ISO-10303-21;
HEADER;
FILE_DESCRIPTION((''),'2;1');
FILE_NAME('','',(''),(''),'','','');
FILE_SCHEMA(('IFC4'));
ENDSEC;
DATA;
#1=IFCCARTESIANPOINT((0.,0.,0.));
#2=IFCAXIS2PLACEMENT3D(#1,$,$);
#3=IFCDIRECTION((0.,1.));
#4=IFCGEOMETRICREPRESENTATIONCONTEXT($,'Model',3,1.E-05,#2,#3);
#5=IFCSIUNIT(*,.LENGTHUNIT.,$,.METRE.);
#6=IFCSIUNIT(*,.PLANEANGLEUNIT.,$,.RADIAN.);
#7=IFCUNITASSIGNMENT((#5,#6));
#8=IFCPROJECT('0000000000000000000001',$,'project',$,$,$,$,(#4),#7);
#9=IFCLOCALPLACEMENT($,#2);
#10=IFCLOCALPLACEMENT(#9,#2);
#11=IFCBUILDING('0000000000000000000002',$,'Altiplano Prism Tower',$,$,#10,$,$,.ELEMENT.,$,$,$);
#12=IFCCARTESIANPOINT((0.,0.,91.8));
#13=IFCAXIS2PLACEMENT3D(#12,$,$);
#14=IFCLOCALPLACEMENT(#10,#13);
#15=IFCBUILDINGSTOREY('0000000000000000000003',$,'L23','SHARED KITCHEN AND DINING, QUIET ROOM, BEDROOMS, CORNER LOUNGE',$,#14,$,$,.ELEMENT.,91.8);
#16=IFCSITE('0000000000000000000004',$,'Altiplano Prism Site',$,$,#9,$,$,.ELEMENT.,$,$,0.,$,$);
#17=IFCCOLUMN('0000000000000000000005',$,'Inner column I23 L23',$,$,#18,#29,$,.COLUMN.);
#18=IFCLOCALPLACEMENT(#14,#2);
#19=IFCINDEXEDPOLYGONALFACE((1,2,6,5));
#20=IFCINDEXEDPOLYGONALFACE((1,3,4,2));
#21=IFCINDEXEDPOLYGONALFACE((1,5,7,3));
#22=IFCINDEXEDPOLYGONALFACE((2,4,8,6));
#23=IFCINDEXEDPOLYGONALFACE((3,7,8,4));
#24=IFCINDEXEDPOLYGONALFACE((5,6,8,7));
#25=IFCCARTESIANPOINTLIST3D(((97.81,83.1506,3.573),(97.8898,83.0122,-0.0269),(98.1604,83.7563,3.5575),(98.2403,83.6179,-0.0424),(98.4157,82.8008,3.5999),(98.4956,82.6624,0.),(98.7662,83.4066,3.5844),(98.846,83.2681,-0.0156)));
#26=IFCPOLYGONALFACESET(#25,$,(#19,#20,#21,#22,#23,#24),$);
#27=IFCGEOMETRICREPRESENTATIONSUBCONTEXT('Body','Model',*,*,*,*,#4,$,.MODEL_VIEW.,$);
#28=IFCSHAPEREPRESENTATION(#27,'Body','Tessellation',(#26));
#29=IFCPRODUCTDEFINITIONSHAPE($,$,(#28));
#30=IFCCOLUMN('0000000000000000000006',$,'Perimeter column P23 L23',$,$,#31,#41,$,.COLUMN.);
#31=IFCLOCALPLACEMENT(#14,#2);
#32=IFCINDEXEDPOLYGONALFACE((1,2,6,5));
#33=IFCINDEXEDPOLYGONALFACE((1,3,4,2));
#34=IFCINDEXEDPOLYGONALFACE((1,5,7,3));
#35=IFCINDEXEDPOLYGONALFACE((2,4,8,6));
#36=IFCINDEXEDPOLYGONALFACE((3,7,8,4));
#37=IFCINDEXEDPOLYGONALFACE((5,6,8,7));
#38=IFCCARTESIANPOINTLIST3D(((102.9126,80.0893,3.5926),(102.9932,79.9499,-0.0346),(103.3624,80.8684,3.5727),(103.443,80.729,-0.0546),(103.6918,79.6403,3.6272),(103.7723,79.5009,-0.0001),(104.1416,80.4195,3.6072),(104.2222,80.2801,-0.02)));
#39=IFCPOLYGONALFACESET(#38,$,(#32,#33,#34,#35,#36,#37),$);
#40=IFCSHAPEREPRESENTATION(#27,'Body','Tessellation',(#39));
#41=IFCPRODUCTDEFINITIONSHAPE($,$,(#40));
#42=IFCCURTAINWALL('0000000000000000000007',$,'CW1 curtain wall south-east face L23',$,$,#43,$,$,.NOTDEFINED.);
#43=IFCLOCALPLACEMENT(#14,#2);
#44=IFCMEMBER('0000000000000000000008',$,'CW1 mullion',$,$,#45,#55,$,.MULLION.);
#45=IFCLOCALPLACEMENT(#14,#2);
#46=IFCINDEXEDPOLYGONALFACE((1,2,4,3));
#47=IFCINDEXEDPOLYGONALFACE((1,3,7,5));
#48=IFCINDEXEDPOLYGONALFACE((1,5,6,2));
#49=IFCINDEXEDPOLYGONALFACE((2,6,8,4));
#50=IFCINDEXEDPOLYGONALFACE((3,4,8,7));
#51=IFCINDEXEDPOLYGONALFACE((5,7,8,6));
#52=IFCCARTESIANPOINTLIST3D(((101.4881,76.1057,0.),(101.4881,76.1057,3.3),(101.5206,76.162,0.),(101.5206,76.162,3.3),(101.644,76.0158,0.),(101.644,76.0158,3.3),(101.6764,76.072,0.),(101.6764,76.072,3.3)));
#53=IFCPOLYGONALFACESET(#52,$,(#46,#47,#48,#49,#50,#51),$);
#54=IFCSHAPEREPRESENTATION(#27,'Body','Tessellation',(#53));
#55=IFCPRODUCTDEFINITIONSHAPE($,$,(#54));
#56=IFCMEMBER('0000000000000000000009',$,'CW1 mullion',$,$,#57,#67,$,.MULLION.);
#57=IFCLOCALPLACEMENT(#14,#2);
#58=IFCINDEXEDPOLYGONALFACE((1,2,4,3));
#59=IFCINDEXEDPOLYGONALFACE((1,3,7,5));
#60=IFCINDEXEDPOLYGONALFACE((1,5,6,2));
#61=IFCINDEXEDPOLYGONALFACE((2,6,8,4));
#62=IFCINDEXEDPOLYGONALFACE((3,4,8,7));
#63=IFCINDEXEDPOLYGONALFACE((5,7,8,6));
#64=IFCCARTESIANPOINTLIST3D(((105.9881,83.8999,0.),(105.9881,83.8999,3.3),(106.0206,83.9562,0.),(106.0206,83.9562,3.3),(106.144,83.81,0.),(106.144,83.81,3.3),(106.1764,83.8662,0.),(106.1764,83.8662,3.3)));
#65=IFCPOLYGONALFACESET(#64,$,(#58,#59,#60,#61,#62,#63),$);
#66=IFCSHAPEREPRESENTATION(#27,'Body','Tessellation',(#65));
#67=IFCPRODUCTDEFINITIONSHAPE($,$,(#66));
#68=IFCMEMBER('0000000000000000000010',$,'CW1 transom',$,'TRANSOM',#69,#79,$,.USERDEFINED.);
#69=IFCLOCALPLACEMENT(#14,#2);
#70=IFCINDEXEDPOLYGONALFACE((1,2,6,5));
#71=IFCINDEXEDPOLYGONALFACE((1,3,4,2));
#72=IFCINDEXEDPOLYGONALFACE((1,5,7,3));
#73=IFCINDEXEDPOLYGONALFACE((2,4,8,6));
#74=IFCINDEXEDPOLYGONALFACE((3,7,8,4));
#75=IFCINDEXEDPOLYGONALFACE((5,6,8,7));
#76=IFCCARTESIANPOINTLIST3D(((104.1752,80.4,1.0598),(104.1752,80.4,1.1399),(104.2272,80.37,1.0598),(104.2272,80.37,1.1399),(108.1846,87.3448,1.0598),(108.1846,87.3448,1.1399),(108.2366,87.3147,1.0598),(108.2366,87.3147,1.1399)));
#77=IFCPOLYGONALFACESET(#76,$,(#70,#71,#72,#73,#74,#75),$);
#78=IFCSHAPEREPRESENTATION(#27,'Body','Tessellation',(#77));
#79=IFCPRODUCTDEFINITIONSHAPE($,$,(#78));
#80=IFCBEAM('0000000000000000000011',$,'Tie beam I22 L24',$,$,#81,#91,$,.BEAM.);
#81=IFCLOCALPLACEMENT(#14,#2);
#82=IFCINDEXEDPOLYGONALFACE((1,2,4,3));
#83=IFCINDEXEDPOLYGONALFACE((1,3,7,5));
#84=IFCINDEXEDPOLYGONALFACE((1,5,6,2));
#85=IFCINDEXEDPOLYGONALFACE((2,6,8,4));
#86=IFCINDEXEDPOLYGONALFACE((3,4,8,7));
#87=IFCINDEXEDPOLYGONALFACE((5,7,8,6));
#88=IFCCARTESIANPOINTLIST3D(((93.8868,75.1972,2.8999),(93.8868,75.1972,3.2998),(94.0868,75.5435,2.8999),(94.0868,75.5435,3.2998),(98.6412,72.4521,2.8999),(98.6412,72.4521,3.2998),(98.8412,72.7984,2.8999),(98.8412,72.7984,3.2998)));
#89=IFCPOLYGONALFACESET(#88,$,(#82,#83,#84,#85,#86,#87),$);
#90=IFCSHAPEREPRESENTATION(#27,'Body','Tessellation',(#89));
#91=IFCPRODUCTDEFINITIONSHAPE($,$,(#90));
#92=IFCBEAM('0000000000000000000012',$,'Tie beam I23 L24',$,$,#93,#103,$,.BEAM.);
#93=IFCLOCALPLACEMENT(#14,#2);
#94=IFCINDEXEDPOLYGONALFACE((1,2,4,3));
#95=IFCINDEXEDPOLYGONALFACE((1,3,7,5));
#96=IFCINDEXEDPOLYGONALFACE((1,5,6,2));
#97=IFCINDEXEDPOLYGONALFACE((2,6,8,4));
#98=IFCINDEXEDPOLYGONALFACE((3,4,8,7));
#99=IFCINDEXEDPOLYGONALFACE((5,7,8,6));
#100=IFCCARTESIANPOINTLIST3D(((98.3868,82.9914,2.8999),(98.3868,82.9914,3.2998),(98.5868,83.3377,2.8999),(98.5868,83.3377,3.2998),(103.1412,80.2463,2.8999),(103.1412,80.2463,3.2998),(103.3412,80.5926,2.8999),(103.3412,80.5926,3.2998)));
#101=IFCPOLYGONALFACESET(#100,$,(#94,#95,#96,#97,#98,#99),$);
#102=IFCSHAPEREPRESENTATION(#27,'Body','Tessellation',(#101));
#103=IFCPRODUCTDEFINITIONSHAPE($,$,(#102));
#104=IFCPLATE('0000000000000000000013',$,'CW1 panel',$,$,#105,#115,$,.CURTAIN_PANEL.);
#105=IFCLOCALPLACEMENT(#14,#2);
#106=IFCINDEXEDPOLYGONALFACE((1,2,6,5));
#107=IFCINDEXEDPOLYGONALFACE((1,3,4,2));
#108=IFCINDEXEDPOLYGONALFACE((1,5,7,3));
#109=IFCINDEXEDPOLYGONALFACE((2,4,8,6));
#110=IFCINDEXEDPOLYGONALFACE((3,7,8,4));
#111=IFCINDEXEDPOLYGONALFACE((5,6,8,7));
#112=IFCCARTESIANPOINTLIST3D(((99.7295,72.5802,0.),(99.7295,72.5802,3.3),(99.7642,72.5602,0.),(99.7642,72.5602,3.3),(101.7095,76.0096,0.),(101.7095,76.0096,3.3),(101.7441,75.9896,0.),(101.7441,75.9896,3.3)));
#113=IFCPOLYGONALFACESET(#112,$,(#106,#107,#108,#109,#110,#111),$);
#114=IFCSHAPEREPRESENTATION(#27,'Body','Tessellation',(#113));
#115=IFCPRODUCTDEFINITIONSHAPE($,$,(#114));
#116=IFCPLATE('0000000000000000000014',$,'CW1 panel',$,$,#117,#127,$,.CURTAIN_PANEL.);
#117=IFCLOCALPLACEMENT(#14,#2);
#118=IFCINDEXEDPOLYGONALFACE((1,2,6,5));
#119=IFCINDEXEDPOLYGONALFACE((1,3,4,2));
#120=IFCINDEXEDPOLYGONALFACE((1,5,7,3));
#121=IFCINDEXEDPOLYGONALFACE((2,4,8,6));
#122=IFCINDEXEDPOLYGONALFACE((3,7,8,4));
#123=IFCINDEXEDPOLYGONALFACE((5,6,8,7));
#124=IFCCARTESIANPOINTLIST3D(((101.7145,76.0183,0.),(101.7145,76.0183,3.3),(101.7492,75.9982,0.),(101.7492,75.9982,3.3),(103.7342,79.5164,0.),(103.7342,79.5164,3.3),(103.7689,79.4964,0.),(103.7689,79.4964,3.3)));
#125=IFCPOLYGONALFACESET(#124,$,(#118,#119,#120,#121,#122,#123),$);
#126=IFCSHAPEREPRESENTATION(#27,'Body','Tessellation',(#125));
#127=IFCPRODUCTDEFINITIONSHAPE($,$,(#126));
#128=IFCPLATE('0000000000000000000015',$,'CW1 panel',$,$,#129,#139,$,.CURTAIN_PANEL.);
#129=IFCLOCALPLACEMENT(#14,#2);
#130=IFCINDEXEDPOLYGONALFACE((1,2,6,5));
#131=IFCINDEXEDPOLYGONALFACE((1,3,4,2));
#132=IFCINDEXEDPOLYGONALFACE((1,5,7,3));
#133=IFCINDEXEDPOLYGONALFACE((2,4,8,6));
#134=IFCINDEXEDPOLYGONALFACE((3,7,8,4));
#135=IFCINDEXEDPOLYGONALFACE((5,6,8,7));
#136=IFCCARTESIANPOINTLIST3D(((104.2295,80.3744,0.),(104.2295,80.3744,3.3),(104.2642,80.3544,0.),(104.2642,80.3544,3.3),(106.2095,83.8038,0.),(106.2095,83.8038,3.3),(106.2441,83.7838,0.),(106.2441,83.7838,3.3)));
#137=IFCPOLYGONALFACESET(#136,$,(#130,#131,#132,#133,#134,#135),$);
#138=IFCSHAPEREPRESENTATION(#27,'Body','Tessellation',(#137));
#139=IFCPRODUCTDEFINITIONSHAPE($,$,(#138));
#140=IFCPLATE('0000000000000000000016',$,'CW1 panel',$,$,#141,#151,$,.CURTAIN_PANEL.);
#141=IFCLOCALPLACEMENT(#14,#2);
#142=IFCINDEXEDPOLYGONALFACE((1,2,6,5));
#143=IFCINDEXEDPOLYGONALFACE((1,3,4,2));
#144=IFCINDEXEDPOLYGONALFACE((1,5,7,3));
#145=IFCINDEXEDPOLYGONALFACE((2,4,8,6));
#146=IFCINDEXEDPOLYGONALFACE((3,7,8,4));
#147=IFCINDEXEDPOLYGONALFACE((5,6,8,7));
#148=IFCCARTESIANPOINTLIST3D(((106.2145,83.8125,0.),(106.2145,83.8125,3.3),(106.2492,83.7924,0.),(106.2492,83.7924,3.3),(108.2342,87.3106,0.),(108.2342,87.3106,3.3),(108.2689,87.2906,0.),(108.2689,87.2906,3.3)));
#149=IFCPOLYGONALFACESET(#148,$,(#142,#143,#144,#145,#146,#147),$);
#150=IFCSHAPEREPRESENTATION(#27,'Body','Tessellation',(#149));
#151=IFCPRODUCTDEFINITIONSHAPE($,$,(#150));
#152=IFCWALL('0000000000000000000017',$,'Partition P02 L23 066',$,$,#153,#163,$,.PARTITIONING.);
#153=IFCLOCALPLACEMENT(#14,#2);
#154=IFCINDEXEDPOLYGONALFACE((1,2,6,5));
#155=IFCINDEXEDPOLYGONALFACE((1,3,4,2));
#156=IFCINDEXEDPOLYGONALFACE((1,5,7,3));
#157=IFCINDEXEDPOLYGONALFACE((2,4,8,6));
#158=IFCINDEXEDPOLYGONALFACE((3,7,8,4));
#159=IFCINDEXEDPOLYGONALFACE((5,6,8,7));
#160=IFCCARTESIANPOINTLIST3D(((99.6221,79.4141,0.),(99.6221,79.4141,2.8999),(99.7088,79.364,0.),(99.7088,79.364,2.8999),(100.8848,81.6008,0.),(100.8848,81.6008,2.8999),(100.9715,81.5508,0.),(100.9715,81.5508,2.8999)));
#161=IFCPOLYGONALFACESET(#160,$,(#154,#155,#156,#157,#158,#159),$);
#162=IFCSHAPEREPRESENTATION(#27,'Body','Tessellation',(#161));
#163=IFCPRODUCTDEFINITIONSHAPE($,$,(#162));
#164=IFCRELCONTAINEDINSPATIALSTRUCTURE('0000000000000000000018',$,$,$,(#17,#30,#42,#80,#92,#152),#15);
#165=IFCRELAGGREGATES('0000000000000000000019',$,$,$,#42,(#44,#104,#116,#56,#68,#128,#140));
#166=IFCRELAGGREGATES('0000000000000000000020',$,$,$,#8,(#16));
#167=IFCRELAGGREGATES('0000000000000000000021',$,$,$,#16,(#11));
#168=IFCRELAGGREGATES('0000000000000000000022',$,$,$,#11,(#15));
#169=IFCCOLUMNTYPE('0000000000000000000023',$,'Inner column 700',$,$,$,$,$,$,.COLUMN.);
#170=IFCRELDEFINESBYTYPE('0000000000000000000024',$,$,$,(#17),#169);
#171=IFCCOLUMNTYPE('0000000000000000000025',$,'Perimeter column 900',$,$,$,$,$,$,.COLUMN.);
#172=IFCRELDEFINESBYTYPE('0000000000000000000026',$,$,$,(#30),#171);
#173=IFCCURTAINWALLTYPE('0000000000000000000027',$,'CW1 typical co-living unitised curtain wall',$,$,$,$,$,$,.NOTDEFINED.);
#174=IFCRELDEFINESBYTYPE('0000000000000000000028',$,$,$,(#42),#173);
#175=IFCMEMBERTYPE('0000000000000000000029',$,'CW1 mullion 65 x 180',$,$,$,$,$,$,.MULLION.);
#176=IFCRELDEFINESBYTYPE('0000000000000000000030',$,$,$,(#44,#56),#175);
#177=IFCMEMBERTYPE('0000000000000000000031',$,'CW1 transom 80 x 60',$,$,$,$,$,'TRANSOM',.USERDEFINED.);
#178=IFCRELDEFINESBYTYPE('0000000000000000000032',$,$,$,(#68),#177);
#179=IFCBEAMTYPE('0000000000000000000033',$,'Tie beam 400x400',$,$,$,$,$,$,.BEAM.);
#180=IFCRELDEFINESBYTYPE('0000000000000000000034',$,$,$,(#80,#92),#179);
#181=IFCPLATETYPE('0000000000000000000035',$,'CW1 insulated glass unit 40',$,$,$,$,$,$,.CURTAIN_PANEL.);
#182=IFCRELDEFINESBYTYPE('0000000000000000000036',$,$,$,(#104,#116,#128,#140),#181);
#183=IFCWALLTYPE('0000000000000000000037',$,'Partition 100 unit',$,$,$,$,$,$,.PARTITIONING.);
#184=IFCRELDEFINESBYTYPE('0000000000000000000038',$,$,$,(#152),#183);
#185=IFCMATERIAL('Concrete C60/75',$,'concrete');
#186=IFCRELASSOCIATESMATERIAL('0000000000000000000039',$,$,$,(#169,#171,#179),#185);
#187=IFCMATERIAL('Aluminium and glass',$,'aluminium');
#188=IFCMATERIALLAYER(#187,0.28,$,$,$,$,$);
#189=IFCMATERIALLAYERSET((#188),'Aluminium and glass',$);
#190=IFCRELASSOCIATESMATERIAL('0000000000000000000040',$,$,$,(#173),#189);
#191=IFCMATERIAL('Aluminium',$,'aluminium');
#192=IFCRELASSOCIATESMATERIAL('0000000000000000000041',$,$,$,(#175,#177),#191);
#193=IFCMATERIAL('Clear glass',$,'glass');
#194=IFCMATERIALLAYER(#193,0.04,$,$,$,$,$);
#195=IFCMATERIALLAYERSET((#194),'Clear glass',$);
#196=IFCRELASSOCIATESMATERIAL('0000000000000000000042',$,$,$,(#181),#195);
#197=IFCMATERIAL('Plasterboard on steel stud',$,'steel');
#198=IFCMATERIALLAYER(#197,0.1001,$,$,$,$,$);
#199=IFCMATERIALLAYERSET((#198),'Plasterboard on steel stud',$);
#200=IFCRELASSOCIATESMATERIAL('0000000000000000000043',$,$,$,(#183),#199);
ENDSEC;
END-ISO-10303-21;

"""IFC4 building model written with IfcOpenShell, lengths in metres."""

from ifc_helpers import new_model, si_unit, direction, frame, frame_2d, origin, origin_2d, place, context, subcontext, project, spatial, rectangle, extrude, material, layer, layer_set, material_profile, profile_set, type_object, element, aggregate, save


model = new_model("IFC4")

# Units and contexts
model_context = context("Model", 3, precision=1e-05, world=origin(), true_north=direction((0.0, 1.0)))
body_context = subcontext(model_context, "Body", "Model", "MODEL_VIEW")
ifc_project = project(units=[si_unit("LENGTHUNIT", "METRE"), si_unit("PLANEANGLEUNIT", "RADIAN")], contexts=[model_context])

# Site, building, storey
site_placement = place(None, origin())
site = spatial("IfcSite", under=ifc_project, at=site_placement, Name="Altiplano Prism Site", CompositionType="ELEMENT", RefElevation=0.0)
building_placement = place(site_placement, origin())
building = spatial("IfcBuilding", under=site, at=building_placement, Name="Altiplano Prism Tower", CompositionType="ELEMENT")
storey_placement = place(building_placement, frame((0.0, 0.0, 91.8)))
storey = spatial("IfcBuildingStorey", under=building, at=storey_placement, Name="L23", Description="SHARED KITCHEN AND DINING, QUIET ROOM, BEDROOMS, CORNER LOUNGE", CompositionType="ELEMENT", Elevation=91.8)

# Columns
ifc_material_1 = material(Name="Concrete C60/75", Category="concrete")
ifc_material_profile_1 = material_profile(ifc_material_1, rectangle(XDim=0.7, YDim=0.7, at=origin_2d()), Name="Inner column 700")
ifc_profile_set_1 = profile_set([ifc_material_profile_1], Name="Concrete C60/75")
column_type_1 = type_object("IfcColumnType", Name="Inner column 700", PredefinedType="COLUMN", material=ifc_profile_set_1)
column_1_placement = place(storey_placement, frame((98.3679, 83.1401, -0.0212), z_axis=(-0.022155, 0.038416, 0.999016), x_axis=(-0.500655, -0.865363, 0.022173)))
element("IfcColumn", 1, at=column_1_placement, inside=storey, type_object=column_type_1, Name="Inner column I23 L23", PredefinedType="COLUMN", context=body_context, shape_type="SweptSolid", body=[
    extrude(rectangle(XDim=0.7, YDim=0.7, at=origin_2d()), origin(), (0.0, 0.0, 1.0), 3.6035),
])
ifc_material_profile_2 = material_profile(ifc_material_1, rectangle(XDim=0.8999, YDim=0.8999, at=origin_2d()), Name="Perimeter column 900")
ifc_profile_set_2 = profile_set([ifc_material_profile_2], Name="Concrete C60/75")
column_type_2 = type_object("IfcColumnType", Name="Perimeter column 900", PredefinedType="COLUMN", material=ifc_profile_set_2)
column_2_placement = place(storey_placement, frame((103.6077, 80.115, -0.0273), z_axis=(-0.02219, 0.038395, 0.999016), x_axis=(-0.499867, -0.865818, 0.022173)))
element("IfcColumn", 2, at=column_2_placement, inside=storey, type_object=column_type_2, Name="Perimeter column P23 L23", PredefinedType="COLUMN", context=body_context, shape_type="SweptSolid", body=[
    extrude(rectangle(XDim=0.8999, YDim=0.8999, at=origin_2d()), origin(), (0.0, 0.0, 1.0), 3.6309),
])

# Curtain wall, members
ifc_material_2 = material(Name="Aluminium and glass", Category="aluminium")
ifc_layer_1 = layer(ifc_material_2, 0.28)
ifc_layer_set_1 = layer_set([ifc_layer_1], Name="Aluminium and glass")
curtain_wall_type = type_object("IfcCurtainWallType", Name="CW1 typical co-living unitised curtain wall", PredefinedType="NOTDEFINED", material=ifc_layer_set_1)
curtain_wall_placement = place(storey_placement, origin())
curtain_wall = element("IfcCurtainWall", 3, at=curtain_wall_placement, inside=storey, type_object=curtain_wall_type, Name="CW1 curtain wall south-east face L23", PredefinedType="NOTDEFINED")
ifc_material_3 = material(Name="Aluminium", Category="aluminium")
ifc_material_profile_3 = material_profile(ifc_material_3, rectangle(XDim=0.1799, YDim=0.0649, at=origin_2d()), Name="CW1 mullion 65 x 180")
ifc_profile_set_3 = profile_set([ifc_material_profile_3], Name="Aluminium")
member_type_1 = type_object("IfcMemberType", Name="CW1 mullion 65 x 180", PredefinedType="MULLION", material=ifc_profile_set_3)
member_1_placement = place(storey_placement, frame((101.5823, 76.0889, 0.0), z_axis=(0.0, 0.0, 1.0), x_axis=(-0.866025, 0.5, 0.0)))
member_1 = element("IfcMember", 4, at=member_1_placement, type_object=member_type_1, Name="CW1 mullion", PredefinedType="MULLION", context=body_context, shape_type="SweptSolid", body=[
    extrude(rectangle(XDim=0.1799, YDim=0.0649, at=origin_2d()), origin(), (0.0, 0.0, 1.0), 3.3),
])
member_2_placement = place(storey_placement, frame((106.0823, 83.8831, 0.0), z_axis=(0.0, 0.0, 1.0), x_axis=(-0.866025, 0.5, 0.0)))
member_2 = element("IfcMember", 5, at=member_2_placement, type_object=member_type_1, Name="CW1 mullion", PredefinedType="MULLION", context=body_context, shape_type="SweptSolid", body=[
    extrude(rectangle(XDim=0.1799, YDim=0.0649, at=origin_2d()), origin(), (0.0, 0.0, 1.0), 3.3),
])
ifc_material_profile_4 = material_profile(ifc_material_3, rectangle(XDim=0.0601, YDim=0.0801, at=origin_2d()), Name="CW1 transom 80 x 60")
ifc_profile_set_4 = profile_set([ifc_material_profile_4], Name="Aluminium")
member_type_2 = type_object("IfcMemberType", Name="CW1 transom 80 x 60", ElementType="TRANSOM", PredefinedType="USERDEFINED", material=ifc_profile_set_4)
member_3_placement = place(storey_placement, frame((104.2012, 80.385, 1.0999), z_axis=(0.499993, 0.866029, 0.0), x_axis=(-0.866029, 0.499993, 0.0)))
member_3 = element("IfcMember", 6, at=member_3_placement, type_object=member_type_2, Name="CW1 transom", ObjectType="TRANSOM", PredefinedType="USERDEFINED", context=body_context, shape_type="SweptSolid", body=[
    extrude(rectangle(XDim=0.0601, YDim=0.0801, at=origin_2d()), origin(), (0.0, 0.0, 1.0), 8.019),
])

# Beams
ifc_material_profile_5 = material_profile(ifc_material_1, rectangle(XDim=0.3999, YDim=0.3999, at=origin_2d()), Name="Tie beam 400x400")
ifc_profile_set_5 = profile_set([ifc_material_profile_5], Name="Concrete C60/75")
beam_type = type_object("IfcBeamType", Name="Tie beam 400x400", PredefinedType="BEAM", material=ifc_profile_set_5)
for number, where, z_axis, x_axis, name in (
    (7, (93.9868, 75.3704, 3.0999), (0.866012, -0.500023, 0.0), (0.500023, 0.866012, 0.0), "Tie beam I22 L24"),
    (8, (98.4868, 83.1646, 3.0999), (0.866012, -0.500023, 0.0), (0.500023, 0.866012, 0.0), "Tie beam I23 L24"),
):
    element("IfcBeam", number, at=place(storey_placement, frame(where, z_axis=z_axis, x_axis=x_axis)), inside=storey, type_object=beam_type, Name=name, PredefinedType="BEAM", context=body_context, shape_type="SweptSolid", body=[
        extrude(rectangle(XDim=0.3999, YDim=0.3999, at=origin_2d()), origin(), (0.0, 0.0, 1.0), 5.49),
    ])

# Plates
ifc_material_4 = material(Name="Clear glass", Category="glass")
ifc_layer_2 = layer(ifc_material_4, 0.04)
ifc_layer_set_2 = layer_set([ifc_layer_2], Name="Clear glass")
plate_type = type_object("IfcPlateType", Name="CW1 insulated glass unit 40", PredefinedType="CURTAIN_PANEL", material=ifc_layer_set_2)
plate_1_placement = place(storey_placement, frame((100.7368, 74.2849, 0.0), z_axis=(0.0, 0.0, 1.0), x_axis=(0.5, 0.866025, 0.0)))
plate_1 = element("IfcPlate", 9, at=plate_1_placement, type_object=plate_type, Name="CW1 panel", PredefinedType="CURTAIN_PANEL", context=body_context, shape_type="SweptSolid", body=[
    extrude(rectangle(XDim=3.96, YDim=0.04, at=origin_2d()), origin(), (0.0, 0.0, 1.0), 3.3),
])
plate_2_placement = place(storey_placement, frame((102.7417, 77.7573, 0.0), z_axis=(0.0, 0.0, 1.0), x_axis=(0.5, 0.866025, 0.0)))
plate_2 = element("IfcPlate", 10, at=plate_2_placement, type_object=plate_type, Name="CW1 panel", PredefinedType="CURTAIN_PANEL", context=body_context, shape_type="SweptSolid", body=[
    extrude(rectangle(XDim=4.0393, YDim=0.04, at=origin_2d()), origin(), (0.0, 0.0, 1.0), 3.3),
])
plate_3_placement = place(storey_placement, frame((105.2368, 82.0791, 0.0), z_axis=(0.0, 0.0, 1.0), x_axis=(0.5, 0.866025, 0.0)))
plate_3 = element("IfcPlate", 11, at=plate_3_placement, type_object=plate_type, Name="CW1 panel", PredefinedType="CURTAIN_PANEL", context=body_context, shape_type="SweptSolid", body=[
    extrude(rectangle(XDim=3.96, YDim=0.04, at=origin_2d()), origin(), (0.0, 0.0, 1.0), 3.3),
])
plate_4_placement = place(storey_placement, frame((107.2417, 85.5515, 0.0), z_axis=(0.0, 0.0, 1.0), x_axis=(0.5, 0.866025, 0.0)))
plate_4 = element("IfcPlate", 12, at=plate_4_placement, type_object=plate_type, Name="CW1 panel", PredefinedType="CURTAIN_PANEL", context=body_context, shape_type="SweptSolid", body=[
    extrude(rectangle(XDim=4.0393, YDim=0.04, at=origin_2d()), origin(), (0.0, 0.0, 1.0), 3.3),
])
aggregate(curtain_wall, [member_1, plate_1, plate_2, member_2, member_3, plate_3, plate_4])

# Wall
ifc_material_5 = material(Name="Plasterboard on steel stud", Category="steel")
ifc_layer_3 = layer(ifc_material_5, 0.1001)
ifc_layer_set_3 = layer_set([ifc_layer_3], Name="Plasterboard on steel stud")
wall_type_1 = type_object("IfcWallType", Name="Partition 100 unit", PredefinedType="PARTITIONING", material=ifc_layer_set_3)
wall_1_placement = place(storey_placement, frame((100.9282, 81.5759, 0.0), z_axis=(0.0, 0.0, 1.0), x_axis=(-0.500049, -0.865997, 0.0)))
element("IfcWall", 13, at=wall_1_placement, inside=storey, type_object=wall_type_1, Name="Partition P02 L23 066", PredefinedType="PARTITIONING", context=body_context, shape_type="SweptSolid", body=[
    extrude(rectangle(XDim=2.5251, YDim=0.1001, at=frame_2d((1.2627, 0.0))), origin(), (0.0, 0.0, 1.0), 2.8999),
])

save(model, "model.ifc")
